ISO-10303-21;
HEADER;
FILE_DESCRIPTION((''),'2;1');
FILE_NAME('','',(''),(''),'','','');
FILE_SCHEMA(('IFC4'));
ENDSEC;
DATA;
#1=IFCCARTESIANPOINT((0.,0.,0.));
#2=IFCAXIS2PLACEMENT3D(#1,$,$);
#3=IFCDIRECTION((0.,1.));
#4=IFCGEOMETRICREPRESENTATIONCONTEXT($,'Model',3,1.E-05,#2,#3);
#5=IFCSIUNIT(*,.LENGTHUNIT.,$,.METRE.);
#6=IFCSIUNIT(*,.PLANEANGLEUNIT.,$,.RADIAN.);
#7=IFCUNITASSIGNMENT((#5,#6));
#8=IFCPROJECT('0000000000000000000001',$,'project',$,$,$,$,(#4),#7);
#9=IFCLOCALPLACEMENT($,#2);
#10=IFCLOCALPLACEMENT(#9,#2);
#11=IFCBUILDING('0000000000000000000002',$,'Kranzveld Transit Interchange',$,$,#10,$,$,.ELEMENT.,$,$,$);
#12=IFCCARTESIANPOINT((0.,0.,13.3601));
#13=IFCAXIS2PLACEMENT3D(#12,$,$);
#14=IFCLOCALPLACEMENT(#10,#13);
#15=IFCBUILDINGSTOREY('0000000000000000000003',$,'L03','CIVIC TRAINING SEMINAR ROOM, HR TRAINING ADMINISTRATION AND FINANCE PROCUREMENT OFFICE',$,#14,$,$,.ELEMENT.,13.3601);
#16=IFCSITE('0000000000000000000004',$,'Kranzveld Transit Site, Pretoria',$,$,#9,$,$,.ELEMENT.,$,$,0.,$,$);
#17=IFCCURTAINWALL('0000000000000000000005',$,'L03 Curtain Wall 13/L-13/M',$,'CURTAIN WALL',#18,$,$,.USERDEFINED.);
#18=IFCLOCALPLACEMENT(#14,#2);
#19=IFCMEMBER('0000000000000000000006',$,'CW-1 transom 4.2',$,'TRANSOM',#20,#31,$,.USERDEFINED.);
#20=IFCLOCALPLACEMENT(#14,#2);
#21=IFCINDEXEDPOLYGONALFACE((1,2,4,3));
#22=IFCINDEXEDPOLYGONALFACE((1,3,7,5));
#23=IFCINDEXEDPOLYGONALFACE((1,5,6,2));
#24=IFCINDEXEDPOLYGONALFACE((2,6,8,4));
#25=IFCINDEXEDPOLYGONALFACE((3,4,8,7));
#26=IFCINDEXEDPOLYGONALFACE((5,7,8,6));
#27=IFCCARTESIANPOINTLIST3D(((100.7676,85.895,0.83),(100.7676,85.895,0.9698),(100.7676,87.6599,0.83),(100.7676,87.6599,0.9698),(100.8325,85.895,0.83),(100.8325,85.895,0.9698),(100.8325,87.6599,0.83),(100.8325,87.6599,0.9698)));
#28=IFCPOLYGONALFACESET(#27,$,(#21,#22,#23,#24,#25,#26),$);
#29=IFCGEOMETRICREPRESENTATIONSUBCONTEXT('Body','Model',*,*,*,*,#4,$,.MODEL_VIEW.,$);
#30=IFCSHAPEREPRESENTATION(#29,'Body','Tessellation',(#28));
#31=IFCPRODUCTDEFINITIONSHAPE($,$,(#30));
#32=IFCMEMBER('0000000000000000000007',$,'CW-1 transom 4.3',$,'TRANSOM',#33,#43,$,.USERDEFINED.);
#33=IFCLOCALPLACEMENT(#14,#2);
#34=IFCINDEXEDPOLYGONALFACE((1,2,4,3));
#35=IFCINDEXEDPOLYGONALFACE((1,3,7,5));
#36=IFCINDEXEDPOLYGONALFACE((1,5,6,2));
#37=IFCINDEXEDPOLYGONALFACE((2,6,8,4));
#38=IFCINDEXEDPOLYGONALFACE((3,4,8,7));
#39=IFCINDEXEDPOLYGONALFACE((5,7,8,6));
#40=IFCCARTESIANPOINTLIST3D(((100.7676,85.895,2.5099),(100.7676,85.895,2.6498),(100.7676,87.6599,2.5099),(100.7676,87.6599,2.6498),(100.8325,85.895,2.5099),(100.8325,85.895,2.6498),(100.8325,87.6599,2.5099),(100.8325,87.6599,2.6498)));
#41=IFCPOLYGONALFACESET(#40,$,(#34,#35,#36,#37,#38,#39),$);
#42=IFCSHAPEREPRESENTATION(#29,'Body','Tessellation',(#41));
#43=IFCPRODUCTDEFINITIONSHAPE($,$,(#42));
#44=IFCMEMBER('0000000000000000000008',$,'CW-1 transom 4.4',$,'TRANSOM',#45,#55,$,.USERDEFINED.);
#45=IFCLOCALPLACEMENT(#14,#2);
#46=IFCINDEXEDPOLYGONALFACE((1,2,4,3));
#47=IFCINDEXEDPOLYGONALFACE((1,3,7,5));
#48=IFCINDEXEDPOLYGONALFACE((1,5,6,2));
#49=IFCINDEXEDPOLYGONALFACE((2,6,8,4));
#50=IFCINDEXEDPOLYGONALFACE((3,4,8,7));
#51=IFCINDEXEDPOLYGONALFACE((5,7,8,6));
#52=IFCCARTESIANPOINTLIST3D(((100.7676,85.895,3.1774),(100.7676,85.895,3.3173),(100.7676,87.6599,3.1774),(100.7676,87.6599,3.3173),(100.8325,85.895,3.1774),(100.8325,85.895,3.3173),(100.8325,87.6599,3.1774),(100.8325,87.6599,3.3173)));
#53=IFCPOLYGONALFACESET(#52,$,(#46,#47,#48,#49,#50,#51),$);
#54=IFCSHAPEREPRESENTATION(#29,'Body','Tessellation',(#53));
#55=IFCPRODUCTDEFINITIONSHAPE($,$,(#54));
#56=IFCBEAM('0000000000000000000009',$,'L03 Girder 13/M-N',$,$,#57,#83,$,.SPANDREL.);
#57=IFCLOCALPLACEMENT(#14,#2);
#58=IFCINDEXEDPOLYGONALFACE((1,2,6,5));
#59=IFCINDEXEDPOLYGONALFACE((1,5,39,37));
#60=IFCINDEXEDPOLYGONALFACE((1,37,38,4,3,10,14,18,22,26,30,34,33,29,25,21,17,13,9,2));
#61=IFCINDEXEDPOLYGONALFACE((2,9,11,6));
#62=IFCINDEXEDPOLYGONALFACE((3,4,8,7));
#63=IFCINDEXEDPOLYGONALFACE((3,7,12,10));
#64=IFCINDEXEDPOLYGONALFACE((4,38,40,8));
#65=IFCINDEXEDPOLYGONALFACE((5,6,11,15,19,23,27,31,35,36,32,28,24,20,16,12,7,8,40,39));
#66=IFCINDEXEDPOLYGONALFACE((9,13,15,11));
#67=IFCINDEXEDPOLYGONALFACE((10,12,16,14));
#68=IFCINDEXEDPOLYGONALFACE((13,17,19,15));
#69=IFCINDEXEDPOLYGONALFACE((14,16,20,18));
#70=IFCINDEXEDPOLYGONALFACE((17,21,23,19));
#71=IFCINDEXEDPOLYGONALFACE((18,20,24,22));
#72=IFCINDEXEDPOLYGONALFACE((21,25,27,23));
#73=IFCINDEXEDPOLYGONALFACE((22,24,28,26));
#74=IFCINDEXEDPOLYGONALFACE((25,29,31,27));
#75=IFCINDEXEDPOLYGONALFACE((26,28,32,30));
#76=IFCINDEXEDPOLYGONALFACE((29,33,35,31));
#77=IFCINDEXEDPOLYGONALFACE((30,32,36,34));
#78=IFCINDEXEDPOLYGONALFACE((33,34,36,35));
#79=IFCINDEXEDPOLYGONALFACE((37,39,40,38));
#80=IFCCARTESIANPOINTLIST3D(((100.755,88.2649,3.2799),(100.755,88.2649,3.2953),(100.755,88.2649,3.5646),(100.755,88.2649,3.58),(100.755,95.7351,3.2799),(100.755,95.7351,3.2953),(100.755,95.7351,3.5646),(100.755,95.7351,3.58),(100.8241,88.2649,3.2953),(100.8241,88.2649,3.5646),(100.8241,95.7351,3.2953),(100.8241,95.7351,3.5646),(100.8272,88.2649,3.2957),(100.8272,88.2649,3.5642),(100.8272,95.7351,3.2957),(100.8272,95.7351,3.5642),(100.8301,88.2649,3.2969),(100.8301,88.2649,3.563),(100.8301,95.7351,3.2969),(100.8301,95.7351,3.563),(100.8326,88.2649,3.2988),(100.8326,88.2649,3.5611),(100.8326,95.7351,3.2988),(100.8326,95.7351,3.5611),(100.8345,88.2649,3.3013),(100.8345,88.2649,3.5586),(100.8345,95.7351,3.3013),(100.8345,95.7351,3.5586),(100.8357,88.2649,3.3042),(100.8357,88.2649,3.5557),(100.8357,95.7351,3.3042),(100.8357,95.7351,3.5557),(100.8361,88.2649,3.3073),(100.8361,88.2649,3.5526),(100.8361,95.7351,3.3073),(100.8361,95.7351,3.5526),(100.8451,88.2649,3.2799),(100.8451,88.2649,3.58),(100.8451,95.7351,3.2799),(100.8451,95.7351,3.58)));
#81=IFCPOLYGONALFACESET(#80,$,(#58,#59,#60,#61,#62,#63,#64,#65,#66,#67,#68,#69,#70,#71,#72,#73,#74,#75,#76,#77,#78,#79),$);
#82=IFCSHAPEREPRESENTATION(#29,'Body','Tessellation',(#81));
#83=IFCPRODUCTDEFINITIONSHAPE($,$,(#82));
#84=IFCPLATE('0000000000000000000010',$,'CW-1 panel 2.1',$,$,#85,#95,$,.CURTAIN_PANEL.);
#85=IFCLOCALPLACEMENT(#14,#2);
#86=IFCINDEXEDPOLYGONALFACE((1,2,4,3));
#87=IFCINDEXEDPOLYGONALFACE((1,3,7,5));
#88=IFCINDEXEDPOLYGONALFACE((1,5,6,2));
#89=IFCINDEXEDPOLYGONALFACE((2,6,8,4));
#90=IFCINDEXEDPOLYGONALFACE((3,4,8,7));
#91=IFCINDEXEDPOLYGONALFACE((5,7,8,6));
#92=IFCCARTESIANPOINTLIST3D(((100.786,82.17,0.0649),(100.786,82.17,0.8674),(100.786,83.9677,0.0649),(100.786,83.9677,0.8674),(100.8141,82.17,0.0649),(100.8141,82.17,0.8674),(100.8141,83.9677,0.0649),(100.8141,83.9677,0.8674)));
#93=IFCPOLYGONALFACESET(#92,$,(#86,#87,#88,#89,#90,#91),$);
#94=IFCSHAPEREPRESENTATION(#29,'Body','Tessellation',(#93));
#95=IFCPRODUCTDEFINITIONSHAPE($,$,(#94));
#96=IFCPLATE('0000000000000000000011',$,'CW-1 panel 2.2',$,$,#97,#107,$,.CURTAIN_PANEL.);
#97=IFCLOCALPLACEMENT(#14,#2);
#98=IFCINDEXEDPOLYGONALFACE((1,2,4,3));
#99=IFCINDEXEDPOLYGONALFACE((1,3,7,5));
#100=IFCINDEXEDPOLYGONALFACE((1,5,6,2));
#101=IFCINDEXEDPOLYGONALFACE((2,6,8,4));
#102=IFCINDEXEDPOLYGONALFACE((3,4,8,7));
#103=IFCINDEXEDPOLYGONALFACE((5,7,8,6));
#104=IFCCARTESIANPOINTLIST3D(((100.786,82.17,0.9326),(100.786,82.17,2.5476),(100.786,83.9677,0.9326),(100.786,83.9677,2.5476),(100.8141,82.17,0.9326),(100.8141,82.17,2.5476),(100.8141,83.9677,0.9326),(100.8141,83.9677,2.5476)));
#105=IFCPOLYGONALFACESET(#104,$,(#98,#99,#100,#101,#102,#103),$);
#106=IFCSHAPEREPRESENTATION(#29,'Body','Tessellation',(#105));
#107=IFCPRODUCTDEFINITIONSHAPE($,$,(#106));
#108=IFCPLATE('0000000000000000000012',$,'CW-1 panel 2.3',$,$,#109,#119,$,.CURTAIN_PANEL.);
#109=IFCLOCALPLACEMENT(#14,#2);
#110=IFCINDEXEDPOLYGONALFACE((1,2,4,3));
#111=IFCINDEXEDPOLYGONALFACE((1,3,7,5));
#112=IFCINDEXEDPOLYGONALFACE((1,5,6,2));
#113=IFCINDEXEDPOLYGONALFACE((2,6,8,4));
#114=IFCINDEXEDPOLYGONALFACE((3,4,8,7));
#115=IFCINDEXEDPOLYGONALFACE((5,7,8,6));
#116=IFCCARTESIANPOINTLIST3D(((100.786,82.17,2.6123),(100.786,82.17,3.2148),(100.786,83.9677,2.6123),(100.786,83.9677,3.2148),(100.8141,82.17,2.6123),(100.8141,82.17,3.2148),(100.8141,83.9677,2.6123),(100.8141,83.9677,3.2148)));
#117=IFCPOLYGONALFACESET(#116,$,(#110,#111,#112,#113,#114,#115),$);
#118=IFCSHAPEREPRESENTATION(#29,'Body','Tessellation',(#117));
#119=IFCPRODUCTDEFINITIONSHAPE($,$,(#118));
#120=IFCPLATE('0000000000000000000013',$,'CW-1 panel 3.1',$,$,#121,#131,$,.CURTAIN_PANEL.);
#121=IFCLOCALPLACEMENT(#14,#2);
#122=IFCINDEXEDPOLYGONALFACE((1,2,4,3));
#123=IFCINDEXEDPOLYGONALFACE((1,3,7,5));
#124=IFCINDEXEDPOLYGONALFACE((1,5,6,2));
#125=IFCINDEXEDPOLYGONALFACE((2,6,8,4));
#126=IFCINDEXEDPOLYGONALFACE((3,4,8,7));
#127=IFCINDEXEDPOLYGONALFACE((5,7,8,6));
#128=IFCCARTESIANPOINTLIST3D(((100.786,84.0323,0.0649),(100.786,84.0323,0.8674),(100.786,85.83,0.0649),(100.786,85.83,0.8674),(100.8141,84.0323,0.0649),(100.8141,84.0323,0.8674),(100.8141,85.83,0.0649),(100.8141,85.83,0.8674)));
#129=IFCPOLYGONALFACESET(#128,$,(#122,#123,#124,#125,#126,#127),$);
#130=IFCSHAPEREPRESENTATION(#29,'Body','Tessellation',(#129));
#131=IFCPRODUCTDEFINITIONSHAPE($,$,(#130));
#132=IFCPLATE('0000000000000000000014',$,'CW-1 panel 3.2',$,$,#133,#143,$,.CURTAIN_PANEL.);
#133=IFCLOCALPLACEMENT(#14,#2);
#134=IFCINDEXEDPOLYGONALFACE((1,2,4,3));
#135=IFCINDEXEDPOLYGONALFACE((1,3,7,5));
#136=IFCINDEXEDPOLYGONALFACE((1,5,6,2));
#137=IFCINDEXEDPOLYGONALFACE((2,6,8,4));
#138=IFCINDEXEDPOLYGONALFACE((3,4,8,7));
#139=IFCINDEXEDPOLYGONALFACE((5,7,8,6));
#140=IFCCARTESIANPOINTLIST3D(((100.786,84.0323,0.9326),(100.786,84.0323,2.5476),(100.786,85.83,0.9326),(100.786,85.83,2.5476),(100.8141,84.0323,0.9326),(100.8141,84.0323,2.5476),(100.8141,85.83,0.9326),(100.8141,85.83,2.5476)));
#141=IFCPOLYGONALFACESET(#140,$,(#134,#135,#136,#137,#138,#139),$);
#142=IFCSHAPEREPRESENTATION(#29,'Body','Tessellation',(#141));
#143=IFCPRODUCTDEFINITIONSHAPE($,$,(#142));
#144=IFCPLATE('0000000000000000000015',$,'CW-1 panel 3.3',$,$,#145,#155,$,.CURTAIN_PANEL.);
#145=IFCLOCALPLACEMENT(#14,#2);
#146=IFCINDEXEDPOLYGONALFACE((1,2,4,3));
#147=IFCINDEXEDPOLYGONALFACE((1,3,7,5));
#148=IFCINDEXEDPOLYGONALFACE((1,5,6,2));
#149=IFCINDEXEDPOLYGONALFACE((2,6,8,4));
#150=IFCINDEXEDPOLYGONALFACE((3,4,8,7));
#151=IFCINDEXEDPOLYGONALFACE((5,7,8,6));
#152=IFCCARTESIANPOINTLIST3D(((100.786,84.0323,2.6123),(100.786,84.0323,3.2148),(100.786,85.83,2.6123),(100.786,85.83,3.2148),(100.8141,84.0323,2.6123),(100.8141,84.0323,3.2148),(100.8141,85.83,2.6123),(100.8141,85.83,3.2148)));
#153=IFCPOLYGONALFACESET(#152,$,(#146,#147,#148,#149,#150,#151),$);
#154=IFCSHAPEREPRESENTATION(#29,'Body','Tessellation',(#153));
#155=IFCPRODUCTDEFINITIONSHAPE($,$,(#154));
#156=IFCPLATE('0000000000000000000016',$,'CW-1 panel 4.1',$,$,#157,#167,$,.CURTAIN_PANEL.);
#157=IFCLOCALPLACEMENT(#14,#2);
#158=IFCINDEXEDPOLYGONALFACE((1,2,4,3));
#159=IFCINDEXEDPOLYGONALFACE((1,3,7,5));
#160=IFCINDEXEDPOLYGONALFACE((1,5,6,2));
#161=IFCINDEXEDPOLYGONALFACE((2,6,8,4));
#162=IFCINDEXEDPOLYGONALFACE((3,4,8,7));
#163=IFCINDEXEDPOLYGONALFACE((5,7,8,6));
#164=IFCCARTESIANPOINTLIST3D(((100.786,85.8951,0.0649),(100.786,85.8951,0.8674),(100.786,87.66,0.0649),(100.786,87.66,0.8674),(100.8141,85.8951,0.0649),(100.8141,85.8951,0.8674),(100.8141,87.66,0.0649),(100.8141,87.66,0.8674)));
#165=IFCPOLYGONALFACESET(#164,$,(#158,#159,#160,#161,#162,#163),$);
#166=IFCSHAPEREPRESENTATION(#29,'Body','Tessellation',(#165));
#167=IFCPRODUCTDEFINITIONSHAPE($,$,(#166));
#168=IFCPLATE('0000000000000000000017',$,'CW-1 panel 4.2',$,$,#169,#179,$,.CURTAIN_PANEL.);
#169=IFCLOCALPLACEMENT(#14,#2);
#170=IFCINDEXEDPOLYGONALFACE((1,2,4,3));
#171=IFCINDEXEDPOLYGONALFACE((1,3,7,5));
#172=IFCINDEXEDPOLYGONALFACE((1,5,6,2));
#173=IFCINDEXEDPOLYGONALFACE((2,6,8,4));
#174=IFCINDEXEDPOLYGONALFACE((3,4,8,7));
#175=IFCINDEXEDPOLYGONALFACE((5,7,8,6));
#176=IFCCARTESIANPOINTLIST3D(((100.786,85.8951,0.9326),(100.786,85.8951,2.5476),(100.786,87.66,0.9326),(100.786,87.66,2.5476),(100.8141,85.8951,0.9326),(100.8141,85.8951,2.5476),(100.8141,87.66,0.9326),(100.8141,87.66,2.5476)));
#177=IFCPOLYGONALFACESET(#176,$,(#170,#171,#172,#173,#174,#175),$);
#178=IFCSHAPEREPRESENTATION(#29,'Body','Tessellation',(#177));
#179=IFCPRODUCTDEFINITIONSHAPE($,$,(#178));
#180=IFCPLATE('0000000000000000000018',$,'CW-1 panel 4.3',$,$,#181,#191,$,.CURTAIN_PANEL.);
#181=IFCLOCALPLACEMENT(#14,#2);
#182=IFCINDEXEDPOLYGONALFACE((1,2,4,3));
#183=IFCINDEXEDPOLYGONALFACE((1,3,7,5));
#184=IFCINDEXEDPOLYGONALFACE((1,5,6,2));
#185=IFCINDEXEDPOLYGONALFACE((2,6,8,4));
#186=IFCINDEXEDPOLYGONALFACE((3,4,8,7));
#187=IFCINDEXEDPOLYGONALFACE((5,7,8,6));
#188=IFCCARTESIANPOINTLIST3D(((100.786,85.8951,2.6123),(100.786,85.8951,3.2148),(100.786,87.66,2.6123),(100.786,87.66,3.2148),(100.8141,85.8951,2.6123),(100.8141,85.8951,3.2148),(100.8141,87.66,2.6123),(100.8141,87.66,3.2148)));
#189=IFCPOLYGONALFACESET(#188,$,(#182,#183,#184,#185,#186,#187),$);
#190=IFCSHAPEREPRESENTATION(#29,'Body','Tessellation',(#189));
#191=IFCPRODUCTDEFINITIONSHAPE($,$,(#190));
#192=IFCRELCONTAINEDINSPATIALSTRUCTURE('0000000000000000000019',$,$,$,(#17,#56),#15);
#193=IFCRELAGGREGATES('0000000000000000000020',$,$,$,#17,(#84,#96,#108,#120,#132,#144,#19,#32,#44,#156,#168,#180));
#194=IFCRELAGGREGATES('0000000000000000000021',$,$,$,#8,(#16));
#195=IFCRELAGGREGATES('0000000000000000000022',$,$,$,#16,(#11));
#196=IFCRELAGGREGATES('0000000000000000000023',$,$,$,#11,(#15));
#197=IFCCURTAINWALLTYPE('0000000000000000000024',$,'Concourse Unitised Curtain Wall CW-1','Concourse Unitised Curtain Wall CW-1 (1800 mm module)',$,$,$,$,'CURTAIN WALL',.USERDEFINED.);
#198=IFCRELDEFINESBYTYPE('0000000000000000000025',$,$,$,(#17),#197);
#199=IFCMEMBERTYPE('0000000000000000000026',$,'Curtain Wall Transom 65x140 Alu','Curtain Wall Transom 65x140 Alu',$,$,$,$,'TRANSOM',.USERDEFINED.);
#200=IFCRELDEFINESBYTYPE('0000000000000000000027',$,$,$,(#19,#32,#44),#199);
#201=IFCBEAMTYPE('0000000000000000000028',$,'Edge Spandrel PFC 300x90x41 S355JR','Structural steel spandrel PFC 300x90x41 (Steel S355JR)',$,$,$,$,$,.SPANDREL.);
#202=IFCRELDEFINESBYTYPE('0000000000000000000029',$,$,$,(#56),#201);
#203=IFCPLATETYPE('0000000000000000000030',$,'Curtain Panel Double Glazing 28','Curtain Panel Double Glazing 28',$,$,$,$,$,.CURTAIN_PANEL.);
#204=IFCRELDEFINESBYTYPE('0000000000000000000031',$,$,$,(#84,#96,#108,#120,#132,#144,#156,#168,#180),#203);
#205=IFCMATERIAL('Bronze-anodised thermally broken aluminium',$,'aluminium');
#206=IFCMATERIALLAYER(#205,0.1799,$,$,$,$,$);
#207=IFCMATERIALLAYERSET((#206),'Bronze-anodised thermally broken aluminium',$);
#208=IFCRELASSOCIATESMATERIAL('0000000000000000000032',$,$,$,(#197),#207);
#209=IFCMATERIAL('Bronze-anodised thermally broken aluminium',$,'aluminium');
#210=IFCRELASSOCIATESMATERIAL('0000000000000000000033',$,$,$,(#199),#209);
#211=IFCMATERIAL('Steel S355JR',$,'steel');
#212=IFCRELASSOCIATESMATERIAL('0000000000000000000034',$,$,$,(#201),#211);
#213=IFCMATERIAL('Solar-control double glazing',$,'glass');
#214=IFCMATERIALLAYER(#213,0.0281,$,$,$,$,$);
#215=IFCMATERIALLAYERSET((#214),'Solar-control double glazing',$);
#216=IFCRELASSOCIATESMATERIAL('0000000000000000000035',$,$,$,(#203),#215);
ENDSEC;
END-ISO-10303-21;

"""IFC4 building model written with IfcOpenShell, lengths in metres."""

from ifc_helpers import new_model, si_unit, direction, frame, origin, origin_2d, place, context, subcontext, project, spatial, rectangle, u_section, extrude, material, layer, layer_set, material_profile, profile_set, type_object, element, aggregate, save


model = new_model("IFC4")

# Units and contexts
model_context = context("Model", 3, precision=1e-05, world=origin(), true_north=direction((0.0, 1.0)))
body_context = subcontext(model_context, "Body", "Model", "MODEL_VIEW")
ifc_project = project(units=[si_unit("LENGTHUNIT", "METRE"), si_unit("PLANEANGLEUNIT", "RADIAN")], contexts=[model_context])

# Site, building, storey
site_placement = place(None, origin())
site = spatial("IfcSite", under=ifc_project, at=site_placement, Name="Kranzveld Transit Site, Pretoria", CompositionType="ELEMENT", RefElevation=0.0)
building_placement = place(site_placement, origin())
building = spatial("IfcBuilding", under=site, at=building_placement, Name="Kranzveld Transit Interchange", CompositionType="ELEMENT")
storey_placement = place(building_placement, frame((0.0, 0.0, 13.3601)))
storey = spatial("IfcBuildingStorey", under=building, at=storey_placement, Name="L03", Description="CIVIC TRAINING SEMINAR ROOM, HR TRAINING ADMINISTRATION AND FINANCE PROCUREMENT OFFICE", CompositionType="ELEMENT", Elevation=13.3601)

# Curtain wall
ifc_material_1 = material(Name="Bronze-anodised thermally broken aluminium", Category="aluminium")
ifc_layer_1 = layer(ifc_material_1, 0.1799)
ifc_layer_set_1 = layer_set([ifc_layer_1], Name="Bronze-anodised thermally broken aluminium")
curtain_wall_type_1 = type_object("IfcCurtainWallType", Name="Concourse Unitised Curtain Wall CW-1", Description="Concourse Unitised Curtain Wall CW-1 (1800 mm module)", ElementType="CURTAIN WALL", PredefinedType="USERDEFINED", material=ifc_layer_set_1)
curtain_wall_1_placement = place(storey_placement, origin())
curtain_wall_1 = element("IfcCurtainWall", 1, at=curtain_wall_1_placement, inside=storey, type_object=curtain_wall_type_1, Name="L03 Curtain Wall 13/L-13/M", ObjectType="CURTAIN WALL", PredefinedType="USERDEFINED")

# Members
ifc_material_2 = material(Name="Bronze-anodised thermally broken aluminium", Category="aluminium")
ifc_material_profile_1 = material_profile(ifc_material_2, rectangle(XDim=0.0649, YDim=0.1399, at=origin_2d()), Name="ALU TRANSOM 65x140")
ifc_profile_set_1 = profile_set([ifc_material_profile_1], Name="Bronze-anodised thermally broken aluminium")
member_type_1 = type_object("IfcMemberType", Name="Curtain Wall Transom 65x140 Alu", Description="Curtain Wall Transom 65x140 Alu", ElementType="TRANSOM", PredefinedType="USERDEFINED", material=ifc_profile_set_1)
member_1_placement = place(storey_placement, frame((100.8, 85.895, 0.8999), z_axis=(0.0, 1.0, 0.0), x_axis=(-1.0, 0.0, 0.0)))
member_1 = element("IfcMember", 2, at=member_1_placement, type_object=member_type_1, Name="CW-1 transom 4.2", ObjectType="TRANSOM", PredefinedType="USERDEFINED", context=body_context, shape_type="SweptSolid", body=[
    extrude(rectangle(XDim=0.0649, YDim=0.1399, at=origin_2d()), origin(), (0.0, 0.0, 1.0), 1.7649),
])
member_2_placement = place(storey_placement, frame((100.8, 85.895, 2.5798), z_axis=(0.0, 1.0, 0.0), x_axis=(-1.0, 0.0, 0.0)))
member_2 = element("IfcMember", 3, at=member_2_placement, type_object=member_type_1, Name="CW-1 transom 4.3", ObjectType="TRANSOM", PredefinedType="USERDEFINED", context=body_context, shape_type="SweptSolid", body=[
    extrude(rectangle(XDim=0.0649, YDim=0.1399, at=origin_2d()), origin(), (0.0, 0.0, 1.0), 1.7649),
])
member_3_placement = place(storey_placement, frame((100.8, 85.895, 3.2473), z_axis=(0.0, 1.0, 0.0), x_axis=(-1.0, 0.0, 0.0)))
member_3 = element("IfcMember", 4, at=member_3_placement, type_object=member_type_1, Name="CW-1 transom 4.4", ObjectType="TRANSOM", PredefinedType="USERDEFINED", context=body_context, shape_type="SweptSolid", body=[
    extrude(rectangle(XDim=0.0649, YDim=0.1399, at=origin_2d()), origin(), (0.0, 0.0, 1.0), 1.7649),
])

# Beam
ifc_material_3 = material(Name="Steel S355JR", Category="steel")
ifc_material_profile_2 = material_profile(ifc_material_3, u_section(Depth=0.3, FlangeWidth=0.0901, WebThickness=0.009, FlangeThickness=0.0154, FilletRadius=0.012, at=origin_2d()), Name="PFC 300x90x41")
ifc_profile_set_2 = profile_set([ifc_material_profile_2], Name="Steel S355JR")
beam_type = type_object("IfcBeamType", Name="Edge Spandrel PFC 300x90x41 S355JR", Description="Structural steel spandrel PFC 300x90x41 (Steel S355JR)", PredefinedType="SPANDREL", material=ifc_profile_set_2)
beam_placement = place(storey_placement, frame((100.8, 88.2649, 3.4299), z_axis=(0.0, 1.0, 0.0), x_axis=(-1.0, 0.0, 0.0)))
element("IfcBeam", 5, at=beam_placement, inside=storey, type_object=beam_type, Name="L03 Girder 13/M-N", PredefinedType="SPANDREL", context=body_context, shape_type="SweptSolid", body=[
    extrude(u_section(Depth=0.3, FlangeWidth=0.0901, WebThickness=0.009, FlangeThickness=0.0154, FilletRadius=0.012, at=origin_2d()), origin(), (0.0, 0.0, 1.0), 7.4702),
])

# Plates
ifc_material_4 = material(Name="Solar-control double glazing", Category="glass")
ifc_layer_2 = layer(ifc_material_4, 0.0281)
ifc_layer_set_2 = layer_set([ifc_layer_2], Name="Solar-control double glazing")
plate_type = type_object("IfcPlateType", Name="Curtain Panel Double Glazing 28", Description="Curtain Panel Double Glazing 28", PredefinedType="CURTAIN_PANEL", material=ifc_layer_set_2)
plate_1_placement = place(storey_placement, frame((100.8, 83.0688, 0.0649), z_axis=(0.0, 0.0, 1.0), x_axis=(0.0, 1.0, 0.0)))
plate_1 = element("IfcPlate", 6, at=plate_1_placement, type_object=plate_type, Name="CW-1 panel 2.1", PredefinedType="CURTAIN_PANEL", context=body_context, shape_type="SweptSolid", body=[
    extrude(rectangle(XDim=1.7976, YDim=0.0281, at=origin_2d()), origin(), (0.0, 0.0, 1.0), 0.8025),
])
plate_2_placement = place(storey_placement, frame((100.8, 83.0688, 0.9326), z_axis=(0.0, 0.0, 1.0), x_axis=(0.0, 1.0, 0.0)))
plate_2 = element("IfcPlate", 7, at=plate_2_placement, type_object=plate_type, Name="CW-1 panel 2.2", PredefinedType="CURTAIN_PANEL", context=body_context, shape_type="SweptSolid", body=[
    extrude(rectangle(XDim=1.7976, YDim=0.0281, at=origin_2d()), origin(), (0.0, 0.0, 1.0), 1.615),
])
plate_3_placement = place(storey_placement, frame((100.8, 83.0688, 2.6123), z_axis=(0.0, 0.0, 1.0), x_axis=(0.0, 1.0, 0.0)))
plate_3 = element("IfcPlate", 8, at=plate_3_placement, type_object=plate_type, Name="CW-1 panel 2.3", PredefinedType="CURTAIN_PANEL", context=body_context, shape_type="SweptSolid", body=[
    extrude(rectangle(XDim=1.7976, YDim=0.0281, at=origin_2d()), origin(), (0.0, 0.0, 1.0), 0.6025),
])
plate_4_placement = place(storey_placement, frame((100.8, 84.9312, 0.0649), z_axis=(0.0, 0.0, 1.0), x_axis=(0.0, 1.0, 0.0)))
plate_4 = element("IfcPlate", 9, at=plate_4_placement, type_object=plate_type, Name="CW-1 panel 3.1", PredefinedType="CURTAIN_PANEL", context=body_context, shape_type="SweptSolid", body=[
    extrude(rectangle(XDim=1.7976, YDim=0.0281, at=origin_2d()), origin(), (0.0, 0.0, 1.0), 0.8025),
])
plate_5_placement = place(storey_placement, frame((100.8, 84.9312, 0.9326), z_axis=(0.0, 0.0, 1.0), x_axis=(0.0, 1.0, 0.0)))
plate_5 = element("IfcPlate", 10, at=plate_5_placement, type_object=plate_type, Name="CW-1 panel 3.2", PredefinedType="CURTAIN_PANEL", context=body_context, shape_type="SweptSolid", body=[
    extrude(rectangle(XDim=1.7976, YDim=0.0281, at=origin_2d()), origin(), (0.0, 0.0, 1.0), 1.615),
])
plate_6_placement = place(storey_placement, frame((100.8, 84.9312, 2.6123), z_axis=(0.0, 0.0, 1.0), x_axis=(0.0, 1.0, 0.0)))
plate_6 = element("IfcPlate", 11, at=plate_6_placement, type_object=plate_type, Name="CW-1 panel 3.3", PredefinedType="CURTAIN_PANEL", context=body_context, shape_type="SweptSolid", body=[
    extrude(rectangle(XDim=1.7976, YDim=0.0281, at=origin_2d()), origin(), (0.0, 0.0, 1.0), 0.6025),
])
plate_7_placement = place(storey_placement, frame((100.8, 86.7776, 0.0649), z_axis=(0.0, 0.0, 1.0), x_axis=(0.0, 1.0, 0.0)))
plate_7 = element("IfcPlate", 12, at=plate_7_placement, type_object=plate_type, Name="CW-1 panel 4.1", PredefinedType="CURTAIN_PANEL", context=body_context, shape_type="SweptSolid", body=[
    extrude(rectangle(XDim=1.7649, YDim=0.0281, at=origin_2d()), origin(), (0.0, 0.0, 1.0), 0.8025),
])
plate_8_placement = place(storey_placement, frame((100.8, 86.7776, 0.9326), z_axis=(0.0, 0.0, 1.0), x_axis=(0.0, 1.0, 0.0)))
plate_8 = element("IfcPlate", 13, at=plate_8_placement, type_object=plate_type, Name="CW-1 panel 4.2", PredefinedType="CURTAIN_PANEL", context=body_context, shape_type="SweptSolid", body=[
    extrude(rectangle(XDim=1.7649, YDim=0.0281, at=origin_2d()), origin(), (0.0, 0.0, 1.0), 1.615),
])
plate_9_placement = place(storey_placement, frame((100.8, 86.7776, 2.6123), z_axis=(0.0, 0.0, 1.0), x_axis=(0.0, 1.0, 0.0)))
plate_9 = element("IfcPlate", 14, at=plate_9_placement, type_object=plate_type, Name="CW-1 panel 4.3", PredefinedType="CURTAIN_PANEL", context=body_context, shape_type="SweptSolid", body=[
    extrude(rectangle(XDim=1.7649, YDim=0.0281, at=origin_2d()), origin(), (0.0, 0.0, 1.0), 0.6025),
])
aggregate(curtain_wall_1, [plate_1, plate_2, plate_3, plate_4, plate_5, plate_6, member_1, member_2, member_3, plate_7, plate_8, plate_9])

save(model, "model.ifc")
